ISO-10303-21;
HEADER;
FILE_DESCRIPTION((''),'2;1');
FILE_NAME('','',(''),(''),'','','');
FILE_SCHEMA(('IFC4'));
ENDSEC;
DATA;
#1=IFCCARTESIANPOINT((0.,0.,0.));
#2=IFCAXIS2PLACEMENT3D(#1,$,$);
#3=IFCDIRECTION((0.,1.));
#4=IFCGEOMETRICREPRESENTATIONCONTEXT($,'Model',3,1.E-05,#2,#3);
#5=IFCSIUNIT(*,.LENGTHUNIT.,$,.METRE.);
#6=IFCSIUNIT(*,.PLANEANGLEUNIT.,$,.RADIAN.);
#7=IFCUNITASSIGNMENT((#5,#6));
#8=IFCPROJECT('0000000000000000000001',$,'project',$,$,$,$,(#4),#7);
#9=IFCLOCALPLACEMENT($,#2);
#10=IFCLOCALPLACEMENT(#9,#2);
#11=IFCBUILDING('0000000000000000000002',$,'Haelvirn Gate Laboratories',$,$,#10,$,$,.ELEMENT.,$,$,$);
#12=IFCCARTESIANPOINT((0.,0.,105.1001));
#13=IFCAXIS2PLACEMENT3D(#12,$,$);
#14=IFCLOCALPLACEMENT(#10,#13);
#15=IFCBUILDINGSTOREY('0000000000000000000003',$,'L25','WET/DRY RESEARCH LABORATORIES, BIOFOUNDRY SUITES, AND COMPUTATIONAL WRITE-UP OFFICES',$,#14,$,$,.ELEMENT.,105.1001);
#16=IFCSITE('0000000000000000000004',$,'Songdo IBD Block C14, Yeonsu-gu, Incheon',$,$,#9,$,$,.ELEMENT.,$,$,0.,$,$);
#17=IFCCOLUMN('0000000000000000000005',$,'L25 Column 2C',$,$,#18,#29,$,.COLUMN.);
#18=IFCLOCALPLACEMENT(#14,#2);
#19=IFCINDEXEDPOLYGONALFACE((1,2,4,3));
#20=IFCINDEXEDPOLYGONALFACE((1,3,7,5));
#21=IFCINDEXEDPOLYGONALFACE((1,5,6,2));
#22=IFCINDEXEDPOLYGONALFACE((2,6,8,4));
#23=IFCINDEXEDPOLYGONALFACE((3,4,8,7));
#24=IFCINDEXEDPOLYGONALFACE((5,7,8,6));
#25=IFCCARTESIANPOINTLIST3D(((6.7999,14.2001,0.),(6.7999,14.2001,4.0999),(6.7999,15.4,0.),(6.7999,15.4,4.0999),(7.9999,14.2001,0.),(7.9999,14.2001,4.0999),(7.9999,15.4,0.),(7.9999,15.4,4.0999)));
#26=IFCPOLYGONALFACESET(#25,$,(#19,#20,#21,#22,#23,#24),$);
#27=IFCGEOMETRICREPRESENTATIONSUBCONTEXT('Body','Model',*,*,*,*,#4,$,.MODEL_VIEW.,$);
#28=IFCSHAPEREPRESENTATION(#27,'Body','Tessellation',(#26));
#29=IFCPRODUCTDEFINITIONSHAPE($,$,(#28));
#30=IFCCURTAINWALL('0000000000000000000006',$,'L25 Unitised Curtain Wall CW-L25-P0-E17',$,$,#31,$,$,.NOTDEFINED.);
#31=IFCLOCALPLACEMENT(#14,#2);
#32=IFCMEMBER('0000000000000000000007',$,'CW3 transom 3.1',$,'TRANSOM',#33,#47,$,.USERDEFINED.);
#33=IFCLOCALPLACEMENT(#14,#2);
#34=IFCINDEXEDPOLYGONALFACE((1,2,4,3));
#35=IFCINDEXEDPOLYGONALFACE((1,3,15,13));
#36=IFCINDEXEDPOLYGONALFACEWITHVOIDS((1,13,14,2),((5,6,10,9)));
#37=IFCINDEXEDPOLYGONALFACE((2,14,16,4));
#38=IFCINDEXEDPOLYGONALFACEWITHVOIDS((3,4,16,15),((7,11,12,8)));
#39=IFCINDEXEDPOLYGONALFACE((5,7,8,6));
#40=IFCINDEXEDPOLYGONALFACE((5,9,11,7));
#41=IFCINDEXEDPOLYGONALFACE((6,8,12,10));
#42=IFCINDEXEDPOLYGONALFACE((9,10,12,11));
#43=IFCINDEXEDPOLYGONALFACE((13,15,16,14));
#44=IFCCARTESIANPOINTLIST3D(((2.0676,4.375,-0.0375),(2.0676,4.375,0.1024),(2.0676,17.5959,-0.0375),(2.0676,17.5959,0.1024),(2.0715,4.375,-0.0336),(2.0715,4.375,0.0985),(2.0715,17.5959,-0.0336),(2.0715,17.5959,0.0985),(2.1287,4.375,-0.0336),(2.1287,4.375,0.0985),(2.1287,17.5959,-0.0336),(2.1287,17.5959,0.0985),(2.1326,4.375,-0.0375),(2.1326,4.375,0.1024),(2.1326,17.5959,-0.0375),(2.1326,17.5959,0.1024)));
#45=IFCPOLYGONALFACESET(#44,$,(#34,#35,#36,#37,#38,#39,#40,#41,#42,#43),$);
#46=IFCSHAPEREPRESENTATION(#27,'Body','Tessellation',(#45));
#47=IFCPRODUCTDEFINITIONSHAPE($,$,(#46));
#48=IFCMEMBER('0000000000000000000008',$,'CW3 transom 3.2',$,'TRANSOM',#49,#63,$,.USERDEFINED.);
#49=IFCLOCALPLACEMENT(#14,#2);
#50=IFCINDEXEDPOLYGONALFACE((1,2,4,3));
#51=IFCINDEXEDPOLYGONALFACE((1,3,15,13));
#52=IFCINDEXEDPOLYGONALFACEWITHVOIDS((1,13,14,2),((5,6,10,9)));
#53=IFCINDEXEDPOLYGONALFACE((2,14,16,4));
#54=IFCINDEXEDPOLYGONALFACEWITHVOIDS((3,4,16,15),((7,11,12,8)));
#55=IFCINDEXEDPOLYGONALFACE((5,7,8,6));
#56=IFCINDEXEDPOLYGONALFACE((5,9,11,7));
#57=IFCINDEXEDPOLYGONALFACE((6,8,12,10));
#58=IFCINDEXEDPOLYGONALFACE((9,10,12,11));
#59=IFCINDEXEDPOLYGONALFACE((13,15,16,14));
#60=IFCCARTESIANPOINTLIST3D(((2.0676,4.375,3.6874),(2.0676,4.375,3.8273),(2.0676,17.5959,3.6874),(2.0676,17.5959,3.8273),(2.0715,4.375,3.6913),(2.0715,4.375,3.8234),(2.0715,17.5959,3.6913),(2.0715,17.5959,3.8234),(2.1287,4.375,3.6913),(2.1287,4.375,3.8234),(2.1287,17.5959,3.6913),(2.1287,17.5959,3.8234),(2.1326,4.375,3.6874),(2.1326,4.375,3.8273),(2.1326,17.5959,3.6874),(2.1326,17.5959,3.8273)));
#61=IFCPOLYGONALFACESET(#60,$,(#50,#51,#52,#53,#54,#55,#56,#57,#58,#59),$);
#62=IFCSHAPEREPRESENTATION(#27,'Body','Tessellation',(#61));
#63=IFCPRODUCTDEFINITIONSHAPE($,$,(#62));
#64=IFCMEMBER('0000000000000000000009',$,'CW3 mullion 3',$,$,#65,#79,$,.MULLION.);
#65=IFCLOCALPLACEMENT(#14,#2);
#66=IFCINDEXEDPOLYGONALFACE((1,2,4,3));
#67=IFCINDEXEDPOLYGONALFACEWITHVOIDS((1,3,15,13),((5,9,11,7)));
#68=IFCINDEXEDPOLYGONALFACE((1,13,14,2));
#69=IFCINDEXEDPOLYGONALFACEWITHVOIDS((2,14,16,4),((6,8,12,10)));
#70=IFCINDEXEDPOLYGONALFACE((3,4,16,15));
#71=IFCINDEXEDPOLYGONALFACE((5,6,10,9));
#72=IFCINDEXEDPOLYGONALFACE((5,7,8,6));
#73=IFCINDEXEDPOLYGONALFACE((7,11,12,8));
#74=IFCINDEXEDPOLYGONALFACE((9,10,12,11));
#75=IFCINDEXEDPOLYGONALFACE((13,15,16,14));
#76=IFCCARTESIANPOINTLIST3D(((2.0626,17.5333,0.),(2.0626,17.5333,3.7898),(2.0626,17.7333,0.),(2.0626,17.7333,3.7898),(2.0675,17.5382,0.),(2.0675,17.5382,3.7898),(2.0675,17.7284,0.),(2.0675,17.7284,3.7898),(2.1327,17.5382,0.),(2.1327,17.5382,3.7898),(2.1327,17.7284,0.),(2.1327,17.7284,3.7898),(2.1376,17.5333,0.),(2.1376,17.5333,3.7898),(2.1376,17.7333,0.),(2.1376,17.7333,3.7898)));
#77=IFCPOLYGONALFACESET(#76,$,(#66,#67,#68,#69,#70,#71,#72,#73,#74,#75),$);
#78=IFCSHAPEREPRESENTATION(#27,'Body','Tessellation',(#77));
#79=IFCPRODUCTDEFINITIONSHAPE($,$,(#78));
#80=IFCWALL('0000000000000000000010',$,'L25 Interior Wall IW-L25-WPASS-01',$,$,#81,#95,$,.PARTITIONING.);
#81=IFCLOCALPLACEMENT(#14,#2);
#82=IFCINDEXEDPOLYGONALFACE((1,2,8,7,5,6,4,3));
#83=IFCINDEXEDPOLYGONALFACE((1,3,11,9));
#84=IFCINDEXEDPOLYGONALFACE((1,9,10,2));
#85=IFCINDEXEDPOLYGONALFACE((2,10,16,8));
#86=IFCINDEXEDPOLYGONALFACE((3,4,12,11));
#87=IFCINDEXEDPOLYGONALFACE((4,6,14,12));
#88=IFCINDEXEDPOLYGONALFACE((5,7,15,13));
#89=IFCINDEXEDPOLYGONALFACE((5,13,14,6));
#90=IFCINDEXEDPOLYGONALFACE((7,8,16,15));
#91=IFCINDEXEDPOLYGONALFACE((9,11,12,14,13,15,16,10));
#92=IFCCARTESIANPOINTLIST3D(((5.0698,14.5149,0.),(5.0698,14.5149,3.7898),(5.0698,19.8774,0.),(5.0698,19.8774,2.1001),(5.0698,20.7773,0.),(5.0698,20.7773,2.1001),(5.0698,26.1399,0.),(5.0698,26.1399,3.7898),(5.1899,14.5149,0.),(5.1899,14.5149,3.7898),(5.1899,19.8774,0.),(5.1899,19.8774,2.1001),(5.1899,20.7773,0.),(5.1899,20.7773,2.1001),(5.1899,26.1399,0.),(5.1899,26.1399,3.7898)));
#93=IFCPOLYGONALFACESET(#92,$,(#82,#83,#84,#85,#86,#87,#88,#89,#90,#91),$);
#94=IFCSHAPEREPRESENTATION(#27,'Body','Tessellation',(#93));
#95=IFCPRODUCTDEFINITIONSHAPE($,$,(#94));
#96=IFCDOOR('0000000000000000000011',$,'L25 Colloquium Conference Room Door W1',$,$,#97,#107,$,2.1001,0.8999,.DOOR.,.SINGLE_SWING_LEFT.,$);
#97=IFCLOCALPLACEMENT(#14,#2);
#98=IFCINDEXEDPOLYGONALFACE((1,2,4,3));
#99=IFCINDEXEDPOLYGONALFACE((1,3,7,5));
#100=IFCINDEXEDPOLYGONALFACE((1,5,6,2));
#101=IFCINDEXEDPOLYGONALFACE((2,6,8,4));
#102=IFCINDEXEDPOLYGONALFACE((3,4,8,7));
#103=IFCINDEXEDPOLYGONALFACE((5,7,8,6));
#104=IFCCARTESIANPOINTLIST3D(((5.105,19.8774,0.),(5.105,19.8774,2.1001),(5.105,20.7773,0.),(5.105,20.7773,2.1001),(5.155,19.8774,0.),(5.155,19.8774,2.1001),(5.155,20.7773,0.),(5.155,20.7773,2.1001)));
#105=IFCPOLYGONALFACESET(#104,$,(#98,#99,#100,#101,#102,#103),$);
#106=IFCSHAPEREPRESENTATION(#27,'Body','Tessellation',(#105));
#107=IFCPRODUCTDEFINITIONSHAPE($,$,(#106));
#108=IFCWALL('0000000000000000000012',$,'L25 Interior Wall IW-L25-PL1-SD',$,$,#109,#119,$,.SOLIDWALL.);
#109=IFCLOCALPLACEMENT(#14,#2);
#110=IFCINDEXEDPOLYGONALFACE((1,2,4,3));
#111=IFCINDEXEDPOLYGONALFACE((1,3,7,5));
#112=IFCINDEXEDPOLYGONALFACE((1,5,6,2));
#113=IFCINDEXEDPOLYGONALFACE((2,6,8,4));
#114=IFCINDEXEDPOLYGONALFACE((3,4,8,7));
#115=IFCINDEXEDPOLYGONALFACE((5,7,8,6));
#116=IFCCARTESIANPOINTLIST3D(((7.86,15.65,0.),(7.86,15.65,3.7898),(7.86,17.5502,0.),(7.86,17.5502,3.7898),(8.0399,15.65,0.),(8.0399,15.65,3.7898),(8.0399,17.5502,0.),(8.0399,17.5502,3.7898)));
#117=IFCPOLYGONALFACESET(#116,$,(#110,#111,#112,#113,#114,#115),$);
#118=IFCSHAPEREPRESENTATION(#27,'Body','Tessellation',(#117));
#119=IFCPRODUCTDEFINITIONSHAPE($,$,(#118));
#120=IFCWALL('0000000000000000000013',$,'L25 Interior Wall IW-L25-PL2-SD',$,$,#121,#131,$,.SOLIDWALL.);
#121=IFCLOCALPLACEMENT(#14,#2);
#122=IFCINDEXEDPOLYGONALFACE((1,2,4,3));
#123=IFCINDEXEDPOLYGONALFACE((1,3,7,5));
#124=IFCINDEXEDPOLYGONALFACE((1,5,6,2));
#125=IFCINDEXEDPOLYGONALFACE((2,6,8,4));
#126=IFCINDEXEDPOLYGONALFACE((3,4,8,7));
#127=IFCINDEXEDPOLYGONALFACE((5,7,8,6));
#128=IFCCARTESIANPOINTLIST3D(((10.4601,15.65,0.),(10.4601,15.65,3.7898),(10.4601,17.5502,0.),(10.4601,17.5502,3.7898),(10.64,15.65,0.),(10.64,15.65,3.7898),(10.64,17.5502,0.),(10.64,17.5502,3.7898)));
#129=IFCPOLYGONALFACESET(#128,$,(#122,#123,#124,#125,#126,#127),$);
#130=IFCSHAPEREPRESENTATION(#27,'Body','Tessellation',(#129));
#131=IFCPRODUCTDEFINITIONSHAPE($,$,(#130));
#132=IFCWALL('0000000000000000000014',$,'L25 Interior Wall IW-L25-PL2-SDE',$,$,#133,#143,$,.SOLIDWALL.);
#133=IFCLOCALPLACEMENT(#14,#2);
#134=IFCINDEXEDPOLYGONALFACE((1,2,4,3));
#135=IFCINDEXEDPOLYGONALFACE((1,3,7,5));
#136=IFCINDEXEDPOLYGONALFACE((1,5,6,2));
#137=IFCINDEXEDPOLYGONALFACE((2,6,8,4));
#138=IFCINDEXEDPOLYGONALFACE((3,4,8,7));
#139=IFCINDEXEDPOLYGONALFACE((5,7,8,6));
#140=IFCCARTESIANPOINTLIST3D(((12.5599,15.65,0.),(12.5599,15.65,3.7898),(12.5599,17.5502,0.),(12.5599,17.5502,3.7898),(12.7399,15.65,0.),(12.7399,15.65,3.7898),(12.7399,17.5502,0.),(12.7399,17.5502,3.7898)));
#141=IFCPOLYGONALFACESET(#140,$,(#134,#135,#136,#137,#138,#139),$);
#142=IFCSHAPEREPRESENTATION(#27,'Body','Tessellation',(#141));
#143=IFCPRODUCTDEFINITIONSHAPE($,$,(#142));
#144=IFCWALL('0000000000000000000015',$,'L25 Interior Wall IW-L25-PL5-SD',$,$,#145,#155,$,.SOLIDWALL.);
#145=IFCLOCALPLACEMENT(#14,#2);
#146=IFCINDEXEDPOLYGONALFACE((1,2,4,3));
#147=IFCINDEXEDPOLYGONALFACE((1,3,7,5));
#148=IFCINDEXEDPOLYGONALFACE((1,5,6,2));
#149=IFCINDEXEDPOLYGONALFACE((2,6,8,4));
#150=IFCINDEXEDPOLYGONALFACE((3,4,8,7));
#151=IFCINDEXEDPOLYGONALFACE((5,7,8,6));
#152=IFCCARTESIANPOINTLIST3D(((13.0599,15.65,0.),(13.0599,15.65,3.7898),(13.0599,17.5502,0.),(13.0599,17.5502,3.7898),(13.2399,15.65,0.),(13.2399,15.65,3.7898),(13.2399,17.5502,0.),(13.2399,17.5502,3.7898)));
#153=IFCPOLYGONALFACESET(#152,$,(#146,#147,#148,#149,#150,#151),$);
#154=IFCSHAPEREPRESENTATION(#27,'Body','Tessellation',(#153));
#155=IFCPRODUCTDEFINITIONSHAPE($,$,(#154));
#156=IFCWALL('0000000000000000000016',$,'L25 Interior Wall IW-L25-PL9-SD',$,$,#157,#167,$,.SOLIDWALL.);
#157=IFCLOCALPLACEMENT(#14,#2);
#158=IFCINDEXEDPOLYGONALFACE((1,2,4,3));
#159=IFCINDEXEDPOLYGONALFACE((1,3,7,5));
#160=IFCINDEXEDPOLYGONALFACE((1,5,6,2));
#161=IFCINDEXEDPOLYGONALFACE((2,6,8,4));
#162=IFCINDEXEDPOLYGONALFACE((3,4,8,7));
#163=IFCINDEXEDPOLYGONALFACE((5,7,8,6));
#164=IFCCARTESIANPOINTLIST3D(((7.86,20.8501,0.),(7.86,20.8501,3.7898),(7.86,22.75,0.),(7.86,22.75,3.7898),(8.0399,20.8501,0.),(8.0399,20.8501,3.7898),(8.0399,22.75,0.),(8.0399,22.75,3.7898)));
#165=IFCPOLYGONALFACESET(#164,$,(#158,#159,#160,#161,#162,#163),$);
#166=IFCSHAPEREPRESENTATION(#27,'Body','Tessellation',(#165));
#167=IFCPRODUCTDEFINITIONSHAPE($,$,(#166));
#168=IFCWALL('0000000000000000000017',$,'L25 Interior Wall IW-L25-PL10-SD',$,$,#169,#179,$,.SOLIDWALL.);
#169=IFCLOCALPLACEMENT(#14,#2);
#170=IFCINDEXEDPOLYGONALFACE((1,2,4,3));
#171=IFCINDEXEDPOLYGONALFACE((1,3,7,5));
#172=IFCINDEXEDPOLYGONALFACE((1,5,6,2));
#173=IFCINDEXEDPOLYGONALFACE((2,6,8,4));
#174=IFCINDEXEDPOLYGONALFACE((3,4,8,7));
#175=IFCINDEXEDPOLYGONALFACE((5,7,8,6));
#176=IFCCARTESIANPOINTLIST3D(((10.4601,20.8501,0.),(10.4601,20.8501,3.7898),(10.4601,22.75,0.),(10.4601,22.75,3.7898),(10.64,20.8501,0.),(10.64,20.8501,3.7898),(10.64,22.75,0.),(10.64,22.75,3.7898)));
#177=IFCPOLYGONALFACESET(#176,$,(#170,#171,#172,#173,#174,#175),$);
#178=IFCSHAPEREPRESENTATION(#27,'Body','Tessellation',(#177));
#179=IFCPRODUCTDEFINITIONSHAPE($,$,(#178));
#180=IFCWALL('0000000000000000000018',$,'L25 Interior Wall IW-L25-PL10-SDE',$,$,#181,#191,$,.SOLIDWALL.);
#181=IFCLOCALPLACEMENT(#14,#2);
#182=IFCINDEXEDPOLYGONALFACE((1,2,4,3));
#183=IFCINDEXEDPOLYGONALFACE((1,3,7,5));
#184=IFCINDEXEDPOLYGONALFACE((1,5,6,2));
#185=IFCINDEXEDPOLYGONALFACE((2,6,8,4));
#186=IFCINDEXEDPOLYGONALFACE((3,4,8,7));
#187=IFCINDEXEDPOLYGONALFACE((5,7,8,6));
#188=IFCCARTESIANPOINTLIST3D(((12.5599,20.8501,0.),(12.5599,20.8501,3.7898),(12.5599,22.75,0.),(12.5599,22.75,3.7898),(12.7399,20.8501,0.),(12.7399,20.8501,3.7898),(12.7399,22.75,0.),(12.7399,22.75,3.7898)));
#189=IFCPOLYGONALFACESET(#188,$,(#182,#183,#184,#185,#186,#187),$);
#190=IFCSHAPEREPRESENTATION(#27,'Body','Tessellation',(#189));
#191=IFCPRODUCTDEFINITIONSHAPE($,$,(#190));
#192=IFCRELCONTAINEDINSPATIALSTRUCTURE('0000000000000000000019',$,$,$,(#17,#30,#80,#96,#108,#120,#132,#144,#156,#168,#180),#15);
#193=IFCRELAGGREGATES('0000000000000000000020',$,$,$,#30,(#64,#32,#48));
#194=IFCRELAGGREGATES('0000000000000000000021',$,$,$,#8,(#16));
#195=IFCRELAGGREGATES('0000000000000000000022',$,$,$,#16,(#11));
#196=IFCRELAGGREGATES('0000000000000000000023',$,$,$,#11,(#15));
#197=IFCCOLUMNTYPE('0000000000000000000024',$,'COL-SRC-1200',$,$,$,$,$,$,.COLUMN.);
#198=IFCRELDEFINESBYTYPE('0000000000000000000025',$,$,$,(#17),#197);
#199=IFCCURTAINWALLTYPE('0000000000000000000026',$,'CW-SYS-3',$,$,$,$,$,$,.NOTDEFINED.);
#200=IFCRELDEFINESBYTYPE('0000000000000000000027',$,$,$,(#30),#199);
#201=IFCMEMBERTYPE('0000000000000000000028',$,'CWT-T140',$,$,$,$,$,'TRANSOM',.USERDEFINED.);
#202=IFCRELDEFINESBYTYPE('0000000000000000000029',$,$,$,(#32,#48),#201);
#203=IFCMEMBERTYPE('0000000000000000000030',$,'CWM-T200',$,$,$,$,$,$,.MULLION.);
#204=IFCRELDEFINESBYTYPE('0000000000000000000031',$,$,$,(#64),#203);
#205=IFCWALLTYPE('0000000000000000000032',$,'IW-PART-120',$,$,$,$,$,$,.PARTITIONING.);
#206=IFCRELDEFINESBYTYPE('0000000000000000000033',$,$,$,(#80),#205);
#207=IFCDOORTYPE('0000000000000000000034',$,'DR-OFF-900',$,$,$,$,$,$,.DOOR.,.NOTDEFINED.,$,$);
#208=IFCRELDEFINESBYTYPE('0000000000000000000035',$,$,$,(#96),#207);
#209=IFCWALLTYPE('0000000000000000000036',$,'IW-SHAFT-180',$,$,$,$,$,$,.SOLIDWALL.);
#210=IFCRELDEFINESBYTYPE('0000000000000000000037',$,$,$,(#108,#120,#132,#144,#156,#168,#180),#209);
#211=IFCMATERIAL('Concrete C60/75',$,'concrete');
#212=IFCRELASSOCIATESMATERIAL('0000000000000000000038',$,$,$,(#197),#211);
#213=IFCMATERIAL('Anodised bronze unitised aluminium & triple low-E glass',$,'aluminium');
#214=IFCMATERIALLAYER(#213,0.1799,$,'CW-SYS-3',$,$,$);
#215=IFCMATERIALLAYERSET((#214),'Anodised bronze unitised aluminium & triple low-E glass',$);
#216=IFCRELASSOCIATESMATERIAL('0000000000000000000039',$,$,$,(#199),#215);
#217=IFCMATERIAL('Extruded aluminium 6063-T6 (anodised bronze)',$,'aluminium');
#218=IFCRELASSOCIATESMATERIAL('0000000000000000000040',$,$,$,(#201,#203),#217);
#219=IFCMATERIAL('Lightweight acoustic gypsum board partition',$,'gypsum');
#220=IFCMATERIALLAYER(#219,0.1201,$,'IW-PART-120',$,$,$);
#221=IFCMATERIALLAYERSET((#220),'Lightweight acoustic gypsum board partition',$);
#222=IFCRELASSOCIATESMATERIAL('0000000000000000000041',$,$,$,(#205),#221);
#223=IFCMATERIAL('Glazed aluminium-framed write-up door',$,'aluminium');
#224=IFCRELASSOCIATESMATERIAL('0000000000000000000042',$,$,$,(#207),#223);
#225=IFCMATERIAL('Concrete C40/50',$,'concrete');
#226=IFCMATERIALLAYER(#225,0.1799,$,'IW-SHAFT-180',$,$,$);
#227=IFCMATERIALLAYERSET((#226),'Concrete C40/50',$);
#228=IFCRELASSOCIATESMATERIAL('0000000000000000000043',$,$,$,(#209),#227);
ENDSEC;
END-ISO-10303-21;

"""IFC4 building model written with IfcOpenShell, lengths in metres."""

from ifc_helpers import new_model, si_unit, direction, frame, frame_2d, origin, origin_2d, place, context, subcontext, project, spatial, rectangle, hollow_rectangle, extrude, source, transform, mapped, material, layer, layer_set, material_profile, profile_set, type_object, type_shapes, element, fill, aggregate, save


model = new_model("IFC4")

# Units and contexts
model_context = context("Model", 3, precision=1e-05, world=origin(), true_north=direction((0.0, 1.0)))
body_context = subcontext(model_context, "Body", "Model", "MODEL_VIEW")
ifc_project = project(units=[si_unit("LENGTHUNIT", "METRE"), si_unit("PLANEANGLEUNIT", "RADIAN")], contexts=[model_context])

# Site, building, storey
site_placement = place(None, origin())
site = spatial("IfcSite", under=ifc_project, at=site_placement, Name="Songdo IBD Block C14, Yeonsu-gu, Incheon", CompositionType="ELEMENT", RefElevation=0.0)
building_placement = place(site_placement, origin())
building = spatial("IfcBuilding", under=site, at=building_placement, Name="Haelvirn Gate Laboratories", CompositionType="ELEMENT")
storey_placement = place(building_placement, frame((0.0, 0.0, 105.1001)))
storey = spatial("IfcBuildingStorey", under=building, at=storey_placement, Name="L25", Description="WET/DRY RESEARCH LABORATORIES, BIOFOUNDRY SUITES, AND COMPUTATIONAL WRITE-UP OFFICES", CompositionType="ELEMENT", Elevation=105.1001)

# Column
ifc_material_1 = material(Name="Concrete C60/75", Category="concrete")
ifc_material_profile_1 = material_profile(ifc_material_1, rectangle(XDim=1.2, YDim=1.2, at=origin_2d()), Name="SRC-1200x1200")
ifc_profile_set_1 = profile_set([ifc_material_profile_1], Name="Concrete C60/75")
column_type = type_object("IfcColumnType", Name="COL-SRC-1200", PredefinedType="COLUMN", material=ifc_profile_set_1)
shared_shape_1 = source(origin(), body_context, "Body", "SweptSolid", [
    extrude(rectangle(XDim=1.2, YDim=1.2, at=origin_2d()), origin(), (0.0, 0.0, 1.0), 4.0999),
])
type_shapes(column_type, [shared_shape_1])
column_placement = place(storey_placement, frame((7.3999, 14.8, 0.0), z_axis=(0.0, 0.0, 1.0), x_axis=(1.0, 0.0, 0.0)))
element("IfcColumn", 1, at=column_placement, inside=storey, type_object=column_type, Name="L25 Column 2C", PredefinedType="COLUMN", context=body_context, shape_type="MappedRepresentation", body=[
    mapped(shared_shape_1, transform((0.0, 0.0, 0.0), scale=1.0)),
])

# Curtain wall, members
ifc_material_2 = material(Name="Anodised bronze unitised aluminium & triple low-E glass", Category="aluminium")
ifc_layer_1 = layer(ifc_material_2, 0.1799, Name="CW-SYS-3")
ifc_layer_set_1 = layer_set([ifc_layer_1], Name="Anodised bronze unitised aluminium & triple low-E glass")
curtain_wall_type = type_object("IfcCurtainWallType", Name="CW-SYS-3", PredefinedType="NOTDEFINED", material=ifc_layer_set_1)
curtain_wall_placement = place(storey_placement, origin())
curtain_wall = element("IfcCurtainWall", 2, at=curtain_wall_placement, inside=storey, type_object=curtain_wall_type, Name="L25 Unitised Curtain Wall CW-L25-P0-E17", PredefinedType="NOTDEFINED")
ifc_material_3 = material(Name="Extruded aluminium 6063-T6 (anodised bronze)", Category="aluminium")
ifc_material_profile_2 = material_profile(ifc_material_3, hollow_rectangle(XDim=0.0649, YDim=0.1399, WallThickness=0.0039, at=origin_2d()), Name="CWT-140x65x4")
ifc_profile_set_2 = profile_set([ifc_material_profile_2], Name="Extruded aluminium 6063-T6 (anodised bronze)")
member_type_1 = type_object("IfcMemberType", Name="CWT-T140", ElementType="TRANSOM", PredefinedType="USERDEFINED", material=ifc_profile_set_2)
shared_shape_2 = source(origin(), body_context, "Body", "SweptSolid", [
    extrude(hollow_rectangle(XDim=0.0649, YDim=0.1399, WallThickness=0.0039, at=origin_2d()), origin(), (0.0, 0.0, 1.0), 13.2209),
])
type_shapes(member_type_1, [shared_shape_2])
member_1_placement = place(storey_placement, frame((2.1001, 17.5959, 0.0325), z_axis=(0.0, -1.0, 0.0), x_axis=(1.0, 0.0, 0.0)))
member_1 = element("IfcMember", 3, at=member_1_placement, type_object=member_type_1, Name="CW3 transom 3.1", ObjectType="TRANSOM", PredefinedType="USERDEFINED", context=body_context, shape_type="MappedRepresentation", body=[
    mapped(shared_shape_2, transform((0.0, 0.0, 0.0), scale=1.0)),
])
member_2_placement = place(storey_placement, frame((2.1001, 17.5959, 3.7573), z_axis=(0.0, -1.0, 0.0), x_axis=(1.0, 0.0, 0.0)))
member_2 = element("IfcMember", 4, at=member_2_placement, type_object=member_type_1, Name="CW3 transom 3.2", ObjectType="TRANSOM", PredefinedType="USERDEFINED", context=body_context, shape_type="MappedRepresentation", body=[
    mapped(shared_shape_2, transform((0.0, 0.0, 0.0), scale=1.0)),
])
ifc_material_profile_3 = material_profile(ifc_material_3, hollow_rectangle(XDim=0.075, YDim=0.2, WallThickness=0.0049, at=origin_2d()), Name="CWM-200x75x5")
ifc_profile_set_3 = profile_set([ifc_material_profile_3], Name="Extruded aluminium 6063-T6 (anodised bronze)")
member_type_2 = type_object("IfcMemberType", Name="CWM-T200", PredefinedType="MULLION", material=ifc_profile_set_3)
shared_shape_3 = source(origin(), body_context, "Body", "SweptSolid", [
    extrude(hollow_rectangle(XDim=0.075, YDim=0.2, WallThickness=0.0049, at=origin_2d()), origin(), (0.0, 0.0, 1.0), 3.7898),
])
type_shapes(member_type_2, [shared_shape_3])
member_3_placement = place(storey_placement, frame((2.1001, 17.6333, 0.0), z_axis=(0.0, 0.0, 1.0), x_axis=(1.0, 0.0, 0.0)))
member_3 = element("IfcMember", 5, at=member_3_placement, type_object=member_type_2, Name="CW3 mullion 3", PredefinedType="MULLION", context=body_context, shape_type="MappedRepresentation", body=[
    mapped(shared_shape_3, transform((0.0, 0.0, 0.0), scale=1.0)),
])
aggregate(curtain_wall, [member_3, member_1, member_2])

# Wall, opening, door
ifc_material_4 = material(Name="Lightweight acoustic gypsum board partition", Category="gypsum")
ifc_layer_2 = layer(ifc_material_4, 0.1201, Name="IW-PART-120")
ifc_layer_set_2 = layer_set([ifc_layer_2], Name="Lightweight acoustic gypsum board partition")
wall_type_1 = type_object("IfcWallType", Name="IW-PART-120", PredefinedType="PARTITIONING", material=ifc_layer_set_2)
wall_1_placement = place(storey_placement, frame((5.1299, 14.5149, 0.0), z_axis=(0.0, 0.0, 1.0), x_axis=(0.0, 1.0, 0.0)))
wall_1 = element("IfcWall", 6, at=wall_1_placement, inside=storey, type_object=wall_type_1, Name="L25 Interior Wall IW-L25-WPASS-01", PredefinedType="PARTITIONING", context=body_context, shape_type="SweptSolid", body=[
    extrude(rectangle(XDim=11.625, YDim=0.1201, at=frame_2d((5.8125, 0.0))), origin(), (0.0, 0.0, 1.0), 3.7898),
])
opening_1_placement = place(wall_1_placement, frame((5.3625, 0.0, 0.0)))
opening_1 = element("IfcOpeningElement", 7, at=opening_1_placement, cuts=wall_1, PredefinedType="OPENING", context=body_context, shape_type="SweptSolid", body=[
    extrude(rectangle(XDim=0.8999, YDim=2.1001, at=frame_2d((0.45, 1.05))), frame((0.0, 0.0701, 0.0), z_axis=(0.0, -1.0, 0.0), x_axis=(1.0, 0.0, 0.0)), (0.0, 0.0, 1.0), 0.1401),
])
ifc_material_5 = material(Name="Glazed aluminium-framed write-up door", Category="aluminium")
door_type_1 = type_object("IfcDoorType", Name="DR-OFF-900", OperationType="NOTDEFINED", PredefinedType="DOOR", material=ifc_material_5)
shared_shape_4 = source(origin(), body_context, "Body", "SweptSolid", [
    extrude(rectangle(XDim=0.8999, YDim=2.1001, at=frame_2d((0.45, 1.05))), frame((0.0, 0.0249, 0.0), z_axis=(0.0, -1.0, 0.0), x_axis=(1.0, 0.0, 0.0)), (0.0, 0.0, 1.0), 0.05),
])
type_shapes(door_type_1, [shared_shape_4])
door_1_placement = place(opening_1_placement, origin())
door_1 = element("IfcDoor", 8, at=door_1_placement, inside=storey, type_object=door_type_1, Name="L25 Colloquium Conference Room Door W1", OperationType="SINGLE_SWING_LEFT", OverallHeight=2.1001, OverallWidth=0.8999, PredefinedType="DOOR", context=body_context, shape_type="MappedRepresentation", body=[
    mapped(shared_shape_4, transform((0.0, 0.0, 0.0), scale=1.0)),
])
fill(opening_1, door_1)

# Walls
ifc_material_6 = material(Name="Concrete C40/50", Category="concrete")
ifc_layer_3 = layer(ifc_material_6, 0.1799, Name="IW-SHAFT-180")
ifc_layer_set_3 = layer_set([ifc_layer_3], Name="Concrete C40/50")
wall_type_2 = type_object("IfcWallType", Name="IW-SHAFT-180", PredefinedType="SOLIDWALL", material=ifc_layer_set_3)
for number, where, z_axis, x_axis, name in (
    (9, (7.95, 15.6499, 0.0), (0.0, 0.0, 1.0), (0.0, 1.0, 0.0), "L25 Interior Wall IW-L25-PL1-SD"),
    (10, (10.55, 15.6499, 0.0), (0.0, 0.0, 1.0), (0.0, 1.0, 0.0), "L25 Interior Wall IW-L25-PL2-SD"),
    (11, (12.6499, 15.6499, 0.0), (0.0, 0.0, 1.0), (0.0, 1.0, 0.0), "L25 Interior Wall IW-L25-PL2-SDE"),
    (12, (13.1499, 15.6499, 0.0), (0.0, 0.0, 1.0), (0.0, 1.0, 0.0), "L25 Interior Wall IW-L25-PL5-SD"),
):
    element("IfcWall", number, at=place(storey_placement, frame(where, z_axis=z_axis, x_axis=x_axis)), inside=storey, type_object=wall_type_2, Name=name, PredefinedType="SOLIDWALL", context=body_context, shape_type="SweptSolid", body=[
        extrude(rectangle(XDim=1.9001, YDim=0.1799, at=frame_2d((0.9502, 0.0))), origin(), (0.0, 0.0, 1.0), 3.7898),
    ])
for number, where, z_axis, x_axis, name in (
    (13, (7.95, 20.8501, 0.0), (0.0, 0.0, 1.0), (0.0, 1.0, 0.0), "L25 Interior Wall IW-L25-PL9-SD"),
    (14, (10.55, 20.8501, 0.0), (0.0, 0.0, 1.0), (0.0, 1.0, 0.0), "L25 Interior Wall IW-L25-PL10-SD"),
    (15, (12.6499, 20.8501, 0.0), (0.0, 0.0, 1.0), (0.0, 1.0, 0.0), "L25 Interior Wall IW-L25-PL10-SDE"),
):
    element("IfcWall", number, at=place(storey_placement, frame(where, z_axis=z_axis, x_axis=x_axis)), inside=storey, type_object=wall_type_2, Name=name, PredefinedType="SOLIDWALL", context=body_context, shape_type="SweptSolid", body=[
        extrude(rectangle(XDim=1.8999, YDim=0.1799, at=frame_2d((0.95, 0.0))), origin(), (0.0, 0.0, 1.0), 3.7898),
    ])

save(model, "model.ifc")
